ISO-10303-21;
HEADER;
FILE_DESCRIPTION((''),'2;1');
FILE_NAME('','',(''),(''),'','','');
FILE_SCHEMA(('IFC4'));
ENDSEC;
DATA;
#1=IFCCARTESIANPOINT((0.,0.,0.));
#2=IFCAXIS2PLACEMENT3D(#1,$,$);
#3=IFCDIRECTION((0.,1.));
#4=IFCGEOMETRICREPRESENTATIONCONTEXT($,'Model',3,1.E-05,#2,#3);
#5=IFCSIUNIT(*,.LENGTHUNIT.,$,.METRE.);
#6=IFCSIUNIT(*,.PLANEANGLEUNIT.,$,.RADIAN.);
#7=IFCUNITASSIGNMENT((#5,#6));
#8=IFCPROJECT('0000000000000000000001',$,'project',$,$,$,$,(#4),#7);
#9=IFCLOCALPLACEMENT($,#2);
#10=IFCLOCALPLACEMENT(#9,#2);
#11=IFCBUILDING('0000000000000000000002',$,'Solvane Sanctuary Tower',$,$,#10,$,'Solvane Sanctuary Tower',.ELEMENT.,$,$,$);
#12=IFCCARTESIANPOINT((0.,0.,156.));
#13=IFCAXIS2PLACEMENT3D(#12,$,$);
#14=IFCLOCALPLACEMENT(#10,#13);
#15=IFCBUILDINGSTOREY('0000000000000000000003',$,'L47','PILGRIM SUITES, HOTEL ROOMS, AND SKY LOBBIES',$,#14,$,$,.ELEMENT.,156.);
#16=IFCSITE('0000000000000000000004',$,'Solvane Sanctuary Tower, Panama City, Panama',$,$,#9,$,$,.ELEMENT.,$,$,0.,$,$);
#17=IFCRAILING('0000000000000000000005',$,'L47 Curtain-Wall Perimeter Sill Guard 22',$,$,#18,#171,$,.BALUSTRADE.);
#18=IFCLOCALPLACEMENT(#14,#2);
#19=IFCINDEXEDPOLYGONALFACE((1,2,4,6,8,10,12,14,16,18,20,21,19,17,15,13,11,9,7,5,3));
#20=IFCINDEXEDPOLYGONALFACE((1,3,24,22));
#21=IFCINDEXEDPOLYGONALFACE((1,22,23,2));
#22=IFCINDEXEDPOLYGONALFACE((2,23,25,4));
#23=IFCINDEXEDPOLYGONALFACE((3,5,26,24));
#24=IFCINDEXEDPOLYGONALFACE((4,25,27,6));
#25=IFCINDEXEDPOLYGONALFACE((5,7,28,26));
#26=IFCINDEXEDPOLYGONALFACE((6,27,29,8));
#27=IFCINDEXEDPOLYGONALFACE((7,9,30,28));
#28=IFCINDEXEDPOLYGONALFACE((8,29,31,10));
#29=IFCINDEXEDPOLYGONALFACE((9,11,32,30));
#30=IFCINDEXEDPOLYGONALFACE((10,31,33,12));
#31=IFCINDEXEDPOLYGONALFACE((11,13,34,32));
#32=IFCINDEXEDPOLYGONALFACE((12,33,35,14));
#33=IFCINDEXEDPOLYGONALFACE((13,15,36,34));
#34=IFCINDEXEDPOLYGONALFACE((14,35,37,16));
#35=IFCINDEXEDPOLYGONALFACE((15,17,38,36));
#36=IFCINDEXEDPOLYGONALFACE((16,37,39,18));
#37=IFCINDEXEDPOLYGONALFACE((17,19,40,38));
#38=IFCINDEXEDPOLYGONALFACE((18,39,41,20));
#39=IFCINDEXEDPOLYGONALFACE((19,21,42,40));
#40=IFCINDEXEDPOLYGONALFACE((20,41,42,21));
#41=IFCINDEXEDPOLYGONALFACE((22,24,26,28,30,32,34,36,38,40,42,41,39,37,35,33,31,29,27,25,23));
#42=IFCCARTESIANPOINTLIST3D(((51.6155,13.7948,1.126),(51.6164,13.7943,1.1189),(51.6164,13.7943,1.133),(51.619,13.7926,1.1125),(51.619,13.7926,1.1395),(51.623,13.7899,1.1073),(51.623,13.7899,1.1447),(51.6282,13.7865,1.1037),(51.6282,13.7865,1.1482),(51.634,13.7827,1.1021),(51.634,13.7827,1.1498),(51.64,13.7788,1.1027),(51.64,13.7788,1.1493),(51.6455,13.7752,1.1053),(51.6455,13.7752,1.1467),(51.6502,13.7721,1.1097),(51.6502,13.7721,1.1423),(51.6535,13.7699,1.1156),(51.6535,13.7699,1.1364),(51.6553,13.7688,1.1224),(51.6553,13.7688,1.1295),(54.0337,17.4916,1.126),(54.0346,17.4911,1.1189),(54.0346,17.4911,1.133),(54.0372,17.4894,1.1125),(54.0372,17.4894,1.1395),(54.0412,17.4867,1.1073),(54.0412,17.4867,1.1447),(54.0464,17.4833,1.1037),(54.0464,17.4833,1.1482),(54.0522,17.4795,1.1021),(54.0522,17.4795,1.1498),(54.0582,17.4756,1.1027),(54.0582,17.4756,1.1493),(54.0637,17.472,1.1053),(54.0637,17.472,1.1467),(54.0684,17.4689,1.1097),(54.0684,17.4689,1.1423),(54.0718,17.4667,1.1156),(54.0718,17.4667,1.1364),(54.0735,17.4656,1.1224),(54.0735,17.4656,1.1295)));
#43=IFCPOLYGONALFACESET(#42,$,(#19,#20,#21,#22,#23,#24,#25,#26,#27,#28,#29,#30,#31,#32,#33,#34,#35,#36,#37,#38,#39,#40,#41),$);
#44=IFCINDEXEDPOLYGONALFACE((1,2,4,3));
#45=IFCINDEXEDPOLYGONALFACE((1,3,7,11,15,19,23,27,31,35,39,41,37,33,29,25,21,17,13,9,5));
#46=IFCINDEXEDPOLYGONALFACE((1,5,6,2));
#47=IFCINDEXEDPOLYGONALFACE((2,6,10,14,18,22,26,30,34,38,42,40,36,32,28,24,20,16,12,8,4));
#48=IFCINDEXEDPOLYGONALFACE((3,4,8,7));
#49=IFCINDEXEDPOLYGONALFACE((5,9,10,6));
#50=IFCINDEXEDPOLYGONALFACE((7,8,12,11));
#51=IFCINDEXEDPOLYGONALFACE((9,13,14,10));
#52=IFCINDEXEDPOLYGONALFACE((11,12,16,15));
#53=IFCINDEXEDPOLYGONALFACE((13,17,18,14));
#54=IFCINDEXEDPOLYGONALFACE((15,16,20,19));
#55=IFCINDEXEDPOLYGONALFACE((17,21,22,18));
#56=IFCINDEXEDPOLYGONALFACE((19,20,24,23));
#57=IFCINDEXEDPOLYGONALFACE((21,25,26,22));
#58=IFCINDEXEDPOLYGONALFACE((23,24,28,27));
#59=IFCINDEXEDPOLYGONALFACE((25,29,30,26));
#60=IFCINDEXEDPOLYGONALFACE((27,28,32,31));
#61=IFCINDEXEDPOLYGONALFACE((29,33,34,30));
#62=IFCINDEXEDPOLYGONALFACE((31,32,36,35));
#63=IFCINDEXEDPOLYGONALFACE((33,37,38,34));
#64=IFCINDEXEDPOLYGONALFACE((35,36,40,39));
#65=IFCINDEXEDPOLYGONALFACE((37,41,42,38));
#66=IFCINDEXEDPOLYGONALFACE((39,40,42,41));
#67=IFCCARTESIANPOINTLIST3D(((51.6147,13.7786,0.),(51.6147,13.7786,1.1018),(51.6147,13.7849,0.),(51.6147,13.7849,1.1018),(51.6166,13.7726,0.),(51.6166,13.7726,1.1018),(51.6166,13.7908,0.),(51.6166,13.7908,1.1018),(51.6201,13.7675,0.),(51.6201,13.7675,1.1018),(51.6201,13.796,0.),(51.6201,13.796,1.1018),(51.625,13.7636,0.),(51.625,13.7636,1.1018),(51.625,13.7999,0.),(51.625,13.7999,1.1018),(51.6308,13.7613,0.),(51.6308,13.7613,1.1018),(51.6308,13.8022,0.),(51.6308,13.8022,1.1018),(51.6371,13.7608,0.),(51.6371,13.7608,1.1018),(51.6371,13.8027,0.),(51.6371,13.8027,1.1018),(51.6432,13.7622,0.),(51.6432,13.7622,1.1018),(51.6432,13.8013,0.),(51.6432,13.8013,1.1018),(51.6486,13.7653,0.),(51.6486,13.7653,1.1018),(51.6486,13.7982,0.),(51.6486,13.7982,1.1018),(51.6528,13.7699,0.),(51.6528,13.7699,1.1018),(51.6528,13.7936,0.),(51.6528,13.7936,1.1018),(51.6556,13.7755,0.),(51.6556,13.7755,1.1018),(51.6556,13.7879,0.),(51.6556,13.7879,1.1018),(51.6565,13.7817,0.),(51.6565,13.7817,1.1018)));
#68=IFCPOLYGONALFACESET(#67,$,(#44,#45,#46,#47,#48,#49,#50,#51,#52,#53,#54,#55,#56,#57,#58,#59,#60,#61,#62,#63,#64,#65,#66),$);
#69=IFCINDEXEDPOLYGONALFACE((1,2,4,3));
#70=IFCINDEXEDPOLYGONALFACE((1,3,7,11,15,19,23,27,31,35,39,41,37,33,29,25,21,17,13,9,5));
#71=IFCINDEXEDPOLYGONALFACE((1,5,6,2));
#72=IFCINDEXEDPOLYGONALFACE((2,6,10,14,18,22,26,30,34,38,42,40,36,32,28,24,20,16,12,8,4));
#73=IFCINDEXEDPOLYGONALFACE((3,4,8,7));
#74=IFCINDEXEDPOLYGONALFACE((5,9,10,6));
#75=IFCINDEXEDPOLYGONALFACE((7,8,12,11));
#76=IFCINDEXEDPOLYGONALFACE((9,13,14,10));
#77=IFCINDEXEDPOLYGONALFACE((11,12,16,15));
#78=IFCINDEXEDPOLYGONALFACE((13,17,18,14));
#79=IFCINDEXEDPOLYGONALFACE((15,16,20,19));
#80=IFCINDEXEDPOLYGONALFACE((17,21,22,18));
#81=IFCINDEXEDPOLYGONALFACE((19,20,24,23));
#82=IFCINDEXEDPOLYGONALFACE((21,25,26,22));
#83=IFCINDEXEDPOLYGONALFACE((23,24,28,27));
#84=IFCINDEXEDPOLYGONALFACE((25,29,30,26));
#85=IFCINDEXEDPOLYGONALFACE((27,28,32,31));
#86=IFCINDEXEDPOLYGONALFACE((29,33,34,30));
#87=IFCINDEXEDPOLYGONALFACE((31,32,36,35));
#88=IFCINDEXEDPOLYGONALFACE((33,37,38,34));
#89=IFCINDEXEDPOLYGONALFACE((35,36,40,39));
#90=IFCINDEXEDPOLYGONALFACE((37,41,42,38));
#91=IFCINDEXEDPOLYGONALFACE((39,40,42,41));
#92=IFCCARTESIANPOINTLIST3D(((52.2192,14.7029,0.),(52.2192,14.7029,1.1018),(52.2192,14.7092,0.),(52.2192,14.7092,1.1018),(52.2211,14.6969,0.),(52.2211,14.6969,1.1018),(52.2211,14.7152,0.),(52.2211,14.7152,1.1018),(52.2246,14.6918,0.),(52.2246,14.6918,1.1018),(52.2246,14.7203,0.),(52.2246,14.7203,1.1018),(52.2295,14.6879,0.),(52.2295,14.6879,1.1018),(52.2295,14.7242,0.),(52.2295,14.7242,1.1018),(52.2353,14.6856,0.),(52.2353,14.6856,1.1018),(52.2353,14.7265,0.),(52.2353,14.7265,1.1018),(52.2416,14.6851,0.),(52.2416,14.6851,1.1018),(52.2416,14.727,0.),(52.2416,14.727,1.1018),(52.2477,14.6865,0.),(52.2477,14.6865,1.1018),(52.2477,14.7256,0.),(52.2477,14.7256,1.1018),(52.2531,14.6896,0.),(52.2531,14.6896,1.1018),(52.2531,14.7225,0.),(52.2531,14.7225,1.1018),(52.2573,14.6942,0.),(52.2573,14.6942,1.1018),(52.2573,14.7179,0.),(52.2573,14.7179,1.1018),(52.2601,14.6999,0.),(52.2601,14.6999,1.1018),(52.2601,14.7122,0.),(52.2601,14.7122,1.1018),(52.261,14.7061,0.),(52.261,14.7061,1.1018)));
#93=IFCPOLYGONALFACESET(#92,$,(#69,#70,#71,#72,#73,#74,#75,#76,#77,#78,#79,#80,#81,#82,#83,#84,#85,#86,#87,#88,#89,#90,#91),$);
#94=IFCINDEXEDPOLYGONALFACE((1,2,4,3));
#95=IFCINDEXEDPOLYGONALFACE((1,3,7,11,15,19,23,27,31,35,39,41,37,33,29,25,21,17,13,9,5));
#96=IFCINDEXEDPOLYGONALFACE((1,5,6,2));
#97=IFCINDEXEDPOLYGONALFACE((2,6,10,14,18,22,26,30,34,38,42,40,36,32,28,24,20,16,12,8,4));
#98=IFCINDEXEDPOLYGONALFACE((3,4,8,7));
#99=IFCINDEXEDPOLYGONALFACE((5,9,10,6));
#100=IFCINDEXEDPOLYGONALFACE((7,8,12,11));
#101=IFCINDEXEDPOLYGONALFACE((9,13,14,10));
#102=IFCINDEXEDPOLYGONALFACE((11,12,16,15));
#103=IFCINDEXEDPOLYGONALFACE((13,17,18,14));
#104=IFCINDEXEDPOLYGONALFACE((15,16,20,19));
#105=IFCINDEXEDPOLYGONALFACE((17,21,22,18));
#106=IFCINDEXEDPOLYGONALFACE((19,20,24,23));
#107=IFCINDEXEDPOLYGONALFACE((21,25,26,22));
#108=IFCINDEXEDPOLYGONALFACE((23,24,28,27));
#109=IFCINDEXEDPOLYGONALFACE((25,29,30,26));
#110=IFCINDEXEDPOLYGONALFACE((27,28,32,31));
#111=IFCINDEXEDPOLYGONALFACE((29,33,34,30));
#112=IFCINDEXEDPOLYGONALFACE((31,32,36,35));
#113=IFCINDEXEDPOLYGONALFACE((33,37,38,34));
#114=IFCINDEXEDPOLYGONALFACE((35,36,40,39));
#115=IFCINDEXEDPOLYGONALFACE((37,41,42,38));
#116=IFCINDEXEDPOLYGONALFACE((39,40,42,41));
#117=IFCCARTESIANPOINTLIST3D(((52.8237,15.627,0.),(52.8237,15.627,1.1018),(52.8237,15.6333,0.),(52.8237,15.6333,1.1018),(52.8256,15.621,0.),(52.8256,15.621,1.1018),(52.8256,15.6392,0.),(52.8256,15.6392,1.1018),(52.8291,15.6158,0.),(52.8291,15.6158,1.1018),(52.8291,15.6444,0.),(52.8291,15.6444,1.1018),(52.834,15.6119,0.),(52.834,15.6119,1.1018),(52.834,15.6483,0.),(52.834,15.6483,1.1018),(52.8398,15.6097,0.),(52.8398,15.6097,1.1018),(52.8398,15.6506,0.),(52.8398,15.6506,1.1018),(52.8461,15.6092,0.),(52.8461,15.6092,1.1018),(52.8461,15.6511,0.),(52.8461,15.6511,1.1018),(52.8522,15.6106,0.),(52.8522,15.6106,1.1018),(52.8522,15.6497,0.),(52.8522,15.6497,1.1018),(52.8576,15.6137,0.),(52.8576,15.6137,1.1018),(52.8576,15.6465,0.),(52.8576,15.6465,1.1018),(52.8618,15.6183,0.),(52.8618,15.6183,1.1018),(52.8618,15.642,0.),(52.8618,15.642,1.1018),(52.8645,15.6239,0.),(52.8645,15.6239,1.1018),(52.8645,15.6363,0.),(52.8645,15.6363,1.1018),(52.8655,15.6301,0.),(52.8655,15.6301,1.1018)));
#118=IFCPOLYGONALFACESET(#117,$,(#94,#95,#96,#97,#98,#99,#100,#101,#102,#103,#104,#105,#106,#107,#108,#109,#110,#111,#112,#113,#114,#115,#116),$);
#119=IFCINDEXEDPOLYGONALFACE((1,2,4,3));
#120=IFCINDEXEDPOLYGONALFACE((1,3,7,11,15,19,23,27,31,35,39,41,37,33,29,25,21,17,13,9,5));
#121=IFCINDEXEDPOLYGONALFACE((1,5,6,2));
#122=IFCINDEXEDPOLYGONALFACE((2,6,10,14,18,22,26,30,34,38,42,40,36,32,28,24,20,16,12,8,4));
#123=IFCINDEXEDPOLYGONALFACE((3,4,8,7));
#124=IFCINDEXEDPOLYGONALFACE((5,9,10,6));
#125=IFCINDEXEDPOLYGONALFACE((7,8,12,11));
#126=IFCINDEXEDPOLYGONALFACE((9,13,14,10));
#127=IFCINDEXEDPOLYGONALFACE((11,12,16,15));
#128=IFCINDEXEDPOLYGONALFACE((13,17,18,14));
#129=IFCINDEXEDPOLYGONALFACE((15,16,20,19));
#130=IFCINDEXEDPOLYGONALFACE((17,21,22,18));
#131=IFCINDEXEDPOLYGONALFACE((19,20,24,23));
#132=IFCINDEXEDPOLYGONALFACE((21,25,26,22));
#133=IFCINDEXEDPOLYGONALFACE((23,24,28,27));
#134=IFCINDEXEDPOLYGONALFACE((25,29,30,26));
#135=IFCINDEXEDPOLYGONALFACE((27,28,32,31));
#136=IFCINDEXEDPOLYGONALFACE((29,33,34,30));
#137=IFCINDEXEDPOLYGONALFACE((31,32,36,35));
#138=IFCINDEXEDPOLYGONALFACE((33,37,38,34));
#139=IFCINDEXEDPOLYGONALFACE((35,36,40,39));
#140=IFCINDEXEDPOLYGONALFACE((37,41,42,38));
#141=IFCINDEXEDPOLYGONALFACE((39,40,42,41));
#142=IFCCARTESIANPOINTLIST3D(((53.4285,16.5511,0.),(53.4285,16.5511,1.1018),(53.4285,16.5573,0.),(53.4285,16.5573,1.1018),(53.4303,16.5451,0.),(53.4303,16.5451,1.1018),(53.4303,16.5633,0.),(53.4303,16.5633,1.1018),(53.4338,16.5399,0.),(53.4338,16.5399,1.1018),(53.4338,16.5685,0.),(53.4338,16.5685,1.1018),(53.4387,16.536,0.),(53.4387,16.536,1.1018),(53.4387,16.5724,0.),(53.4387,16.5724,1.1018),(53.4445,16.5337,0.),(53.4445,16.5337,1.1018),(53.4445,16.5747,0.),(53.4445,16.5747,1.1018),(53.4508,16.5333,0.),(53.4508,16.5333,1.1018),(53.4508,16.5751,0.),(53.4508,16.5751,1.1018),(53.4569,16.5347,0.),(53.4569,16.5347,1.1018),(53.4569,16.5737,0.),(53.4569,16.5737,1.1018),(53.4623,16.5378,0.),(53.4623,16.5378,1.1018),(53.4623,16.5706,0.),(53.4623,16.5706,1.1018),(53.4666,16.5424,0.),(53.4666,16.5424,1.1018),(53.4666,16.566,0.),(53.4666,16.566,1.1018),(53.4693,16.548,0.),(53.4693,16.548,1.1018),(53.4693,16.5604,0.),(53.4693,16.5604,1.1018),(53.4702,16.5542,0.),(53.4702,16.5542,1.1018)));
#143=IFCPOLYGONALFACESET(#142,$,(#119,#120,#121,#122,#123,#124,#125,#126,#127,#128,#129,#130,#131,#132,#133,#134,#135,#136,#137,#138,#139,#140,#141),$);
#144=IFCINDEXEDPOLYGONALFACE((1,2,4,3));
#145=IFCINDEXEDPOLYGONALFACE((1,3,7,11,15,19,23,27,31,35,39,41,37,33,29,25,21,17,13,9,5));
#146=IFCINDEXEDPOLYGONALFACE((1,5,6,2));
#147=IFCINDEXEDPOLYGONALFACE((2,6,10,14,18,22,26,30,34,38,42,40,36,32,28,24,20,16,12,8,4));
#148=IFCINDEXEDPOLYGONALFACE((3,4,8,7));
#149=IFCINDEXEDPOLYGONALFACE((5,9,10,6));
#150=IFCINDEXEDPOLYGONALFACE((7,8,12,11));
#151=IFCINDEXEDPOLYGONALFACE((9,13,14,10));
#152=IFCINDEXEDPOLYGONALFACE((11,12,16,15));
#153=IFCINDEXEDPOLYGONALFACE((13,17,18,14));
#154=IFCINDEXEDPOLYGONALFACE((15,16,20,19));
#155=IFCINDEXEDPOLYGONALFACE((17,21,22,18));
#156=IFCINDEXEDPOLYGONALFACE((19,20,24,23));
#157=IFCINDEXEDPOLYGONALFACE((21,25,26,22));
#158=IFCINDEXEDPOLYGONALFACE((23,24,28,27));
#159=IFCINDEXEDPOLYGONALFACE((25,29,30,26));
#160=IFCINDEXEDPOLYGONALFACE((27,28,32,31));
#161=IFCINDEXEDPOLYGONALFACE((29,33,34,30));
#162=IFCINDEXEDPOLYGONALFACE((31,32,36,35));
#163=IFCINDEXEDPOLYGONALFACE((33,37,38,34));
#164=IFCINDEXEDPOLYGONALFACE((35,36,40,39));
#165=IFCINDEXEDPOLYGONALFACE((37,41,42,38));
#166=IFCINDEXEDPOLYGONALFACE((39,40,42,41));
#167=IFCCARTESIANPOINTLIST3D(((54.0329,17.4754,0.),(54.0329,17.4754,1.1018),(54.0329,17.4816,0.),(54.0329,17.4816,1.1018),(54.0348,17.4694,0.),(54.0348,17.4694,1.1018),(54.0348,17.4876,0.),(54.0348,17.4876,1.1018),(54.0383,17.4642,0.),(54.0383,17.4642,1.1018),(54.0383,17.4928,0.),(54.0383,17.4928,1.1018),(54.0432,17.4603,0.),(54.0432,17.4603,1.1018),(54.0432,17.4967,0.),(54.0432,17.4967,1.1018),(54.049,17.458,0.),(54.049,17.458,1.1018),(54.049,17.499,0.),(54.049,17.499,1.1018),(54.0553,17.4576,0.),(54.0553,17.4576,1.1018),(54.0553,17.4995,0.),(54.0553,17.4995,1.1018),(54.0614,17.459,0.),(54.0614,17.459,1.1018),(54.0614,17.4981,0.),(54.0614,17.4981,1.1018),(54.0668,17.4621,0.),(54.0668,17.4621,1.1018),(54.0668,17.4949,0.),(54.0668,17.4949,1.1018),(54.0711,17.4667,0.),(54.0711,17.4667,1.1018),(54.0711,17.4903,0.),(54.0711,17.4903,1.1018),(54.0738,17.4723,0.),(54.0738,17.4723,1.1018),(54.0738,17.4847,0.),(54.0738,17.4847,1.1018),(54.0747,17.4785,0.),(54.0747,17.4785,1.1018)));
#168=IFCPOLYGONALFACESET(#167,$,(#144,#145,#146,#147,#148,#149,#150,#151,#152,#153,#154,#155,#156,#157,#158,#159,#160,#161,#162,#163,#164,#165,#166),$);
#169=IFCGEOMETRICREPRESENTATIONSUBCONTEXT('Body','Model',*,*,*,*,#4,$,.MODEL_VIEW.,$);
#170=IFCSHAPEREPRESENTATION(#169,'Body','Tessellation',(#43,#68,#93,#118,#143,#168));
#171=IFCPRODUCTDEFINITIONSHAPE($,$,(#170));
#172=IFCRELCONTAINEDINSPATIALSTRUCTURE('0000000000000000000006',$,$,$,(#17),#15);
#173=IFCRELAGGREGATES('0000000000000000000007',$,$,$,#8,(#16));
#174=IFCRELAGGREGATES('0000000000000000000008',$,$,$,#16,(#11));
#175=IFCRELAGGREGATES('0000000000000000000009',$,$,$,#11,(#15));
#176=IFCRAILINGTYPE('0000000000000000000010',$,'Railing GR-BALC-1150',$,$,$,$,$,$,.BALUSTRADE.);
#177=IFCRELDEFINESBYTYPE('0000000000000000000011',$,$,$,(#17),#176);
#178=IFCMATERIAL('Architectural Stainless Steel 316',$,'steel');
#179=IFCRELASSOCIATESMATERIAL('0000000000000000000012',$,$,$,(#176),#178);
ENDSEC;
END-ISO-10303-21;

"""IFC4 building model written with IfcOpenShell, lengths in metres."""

from ifc_helpers import new_model, si_unit, direction, frame, origin, origin_2d, place, context, subcontext, project, spatial, circle, extrude, material, type_object, element, save


model = new_model("IFC4")

# Units and contexts
model_context = context("Model", 3, precision=1e-05, world=origin(), true_north=direction((0.0, 1.0)))
body_context = subcontext(model_context, "Body", "Model", "MODEL_VIEW")
ifc_project = project(units=[si_unit("LENGTHUNIT", "METRE"), si_unit("PLANEANGLEUNIT", "RADIAN")], contexts=[model_context])

# Site, building, storey
site_placement = place(None, origin())
site = spatial("IfcSite", under=ifc_project, at=site_placement, Name="Solvane Sanctuary Tower, Panama City, Panama", CompositionType="ELEMENT", RefElevation=0.0)
building_placement = place(site_placement, origin())
building = spatial("IfcBuilding", under=site, at=building_placement, Name="Solvane Sanctuary Tower", LongName="Solvane Sanctuary Tower", CompositionType="ELEMENT")
storey_placement = place(building_placement, frame((0.0, 0.0, 156.0)))
storey = spatial("IfcBuildingStorey", under=building, at=storey_placement, Name="L47", Description="PILGRIM SUITES, HOTEL ROOMS, AND SKY LOBBIES", CompositionType="ELEMENT", Elevation=156.0)

# Railing
ifc_material_1 = material(Name="Architectural Stainless Steel 316", Category="steel")
railing_type_1 = type_object("IfcRailingType", Name="Railing GR-BALC-1150", PredefinedType="BALUSTRADE", material=ifc_material_1)
railing_1_placement = place(storey_placement, frame((51.6355, 13.7817, 0.0)))
element("IfcRailing", 1, at=railing_1_placement, inside=storey, type_object=railing_type_1, Name="L47 Curtain-Wall Perimeter Sill Guard 22", PredefinedType="BALUSTRADE", context=body_context, shape_type="SweptSolid", body=[
    extrude(circle(Radius=0.0239, at=origin_2d()), frame((0.0, 0.0, 1.126), z_axis=(0.547422, 0.836857, 0.0), x_axis=(-0.836857, 0.547422, 0.0)), (0.0, 0.0, 1.0), 4.4175),
    extrude(circle(Radius=0.021, at=origin_2d()), origin(), (0.0, 0.0, 1.0), 1.1018),
    extrude(circle(Radius=0.021, at=origin_2d()), frame((0.6045, 0.9243, 0.0)), (0.0, 0.0, 1.0), 1.1018),
    extrude(circle(Radius=0.021, at=origin_2d()), frame((1.209, 1.8484, 0.0)), (0.0, 0.0, 1.0), 1.1018),
    extrude(circle(Radius=0.021, at=origin_2d()), frame((1.8137, 2.7725, 0.0)), (0.0, 0.0, 1.0), 1.1018),
    extrude(circle(Radius=0.021, at=origin_2d()), frame((2.4182, 3.6968, 0.0)), (0.0, 0.0, 1.0), 1.1018),
])

save(model, "model.ifc")
